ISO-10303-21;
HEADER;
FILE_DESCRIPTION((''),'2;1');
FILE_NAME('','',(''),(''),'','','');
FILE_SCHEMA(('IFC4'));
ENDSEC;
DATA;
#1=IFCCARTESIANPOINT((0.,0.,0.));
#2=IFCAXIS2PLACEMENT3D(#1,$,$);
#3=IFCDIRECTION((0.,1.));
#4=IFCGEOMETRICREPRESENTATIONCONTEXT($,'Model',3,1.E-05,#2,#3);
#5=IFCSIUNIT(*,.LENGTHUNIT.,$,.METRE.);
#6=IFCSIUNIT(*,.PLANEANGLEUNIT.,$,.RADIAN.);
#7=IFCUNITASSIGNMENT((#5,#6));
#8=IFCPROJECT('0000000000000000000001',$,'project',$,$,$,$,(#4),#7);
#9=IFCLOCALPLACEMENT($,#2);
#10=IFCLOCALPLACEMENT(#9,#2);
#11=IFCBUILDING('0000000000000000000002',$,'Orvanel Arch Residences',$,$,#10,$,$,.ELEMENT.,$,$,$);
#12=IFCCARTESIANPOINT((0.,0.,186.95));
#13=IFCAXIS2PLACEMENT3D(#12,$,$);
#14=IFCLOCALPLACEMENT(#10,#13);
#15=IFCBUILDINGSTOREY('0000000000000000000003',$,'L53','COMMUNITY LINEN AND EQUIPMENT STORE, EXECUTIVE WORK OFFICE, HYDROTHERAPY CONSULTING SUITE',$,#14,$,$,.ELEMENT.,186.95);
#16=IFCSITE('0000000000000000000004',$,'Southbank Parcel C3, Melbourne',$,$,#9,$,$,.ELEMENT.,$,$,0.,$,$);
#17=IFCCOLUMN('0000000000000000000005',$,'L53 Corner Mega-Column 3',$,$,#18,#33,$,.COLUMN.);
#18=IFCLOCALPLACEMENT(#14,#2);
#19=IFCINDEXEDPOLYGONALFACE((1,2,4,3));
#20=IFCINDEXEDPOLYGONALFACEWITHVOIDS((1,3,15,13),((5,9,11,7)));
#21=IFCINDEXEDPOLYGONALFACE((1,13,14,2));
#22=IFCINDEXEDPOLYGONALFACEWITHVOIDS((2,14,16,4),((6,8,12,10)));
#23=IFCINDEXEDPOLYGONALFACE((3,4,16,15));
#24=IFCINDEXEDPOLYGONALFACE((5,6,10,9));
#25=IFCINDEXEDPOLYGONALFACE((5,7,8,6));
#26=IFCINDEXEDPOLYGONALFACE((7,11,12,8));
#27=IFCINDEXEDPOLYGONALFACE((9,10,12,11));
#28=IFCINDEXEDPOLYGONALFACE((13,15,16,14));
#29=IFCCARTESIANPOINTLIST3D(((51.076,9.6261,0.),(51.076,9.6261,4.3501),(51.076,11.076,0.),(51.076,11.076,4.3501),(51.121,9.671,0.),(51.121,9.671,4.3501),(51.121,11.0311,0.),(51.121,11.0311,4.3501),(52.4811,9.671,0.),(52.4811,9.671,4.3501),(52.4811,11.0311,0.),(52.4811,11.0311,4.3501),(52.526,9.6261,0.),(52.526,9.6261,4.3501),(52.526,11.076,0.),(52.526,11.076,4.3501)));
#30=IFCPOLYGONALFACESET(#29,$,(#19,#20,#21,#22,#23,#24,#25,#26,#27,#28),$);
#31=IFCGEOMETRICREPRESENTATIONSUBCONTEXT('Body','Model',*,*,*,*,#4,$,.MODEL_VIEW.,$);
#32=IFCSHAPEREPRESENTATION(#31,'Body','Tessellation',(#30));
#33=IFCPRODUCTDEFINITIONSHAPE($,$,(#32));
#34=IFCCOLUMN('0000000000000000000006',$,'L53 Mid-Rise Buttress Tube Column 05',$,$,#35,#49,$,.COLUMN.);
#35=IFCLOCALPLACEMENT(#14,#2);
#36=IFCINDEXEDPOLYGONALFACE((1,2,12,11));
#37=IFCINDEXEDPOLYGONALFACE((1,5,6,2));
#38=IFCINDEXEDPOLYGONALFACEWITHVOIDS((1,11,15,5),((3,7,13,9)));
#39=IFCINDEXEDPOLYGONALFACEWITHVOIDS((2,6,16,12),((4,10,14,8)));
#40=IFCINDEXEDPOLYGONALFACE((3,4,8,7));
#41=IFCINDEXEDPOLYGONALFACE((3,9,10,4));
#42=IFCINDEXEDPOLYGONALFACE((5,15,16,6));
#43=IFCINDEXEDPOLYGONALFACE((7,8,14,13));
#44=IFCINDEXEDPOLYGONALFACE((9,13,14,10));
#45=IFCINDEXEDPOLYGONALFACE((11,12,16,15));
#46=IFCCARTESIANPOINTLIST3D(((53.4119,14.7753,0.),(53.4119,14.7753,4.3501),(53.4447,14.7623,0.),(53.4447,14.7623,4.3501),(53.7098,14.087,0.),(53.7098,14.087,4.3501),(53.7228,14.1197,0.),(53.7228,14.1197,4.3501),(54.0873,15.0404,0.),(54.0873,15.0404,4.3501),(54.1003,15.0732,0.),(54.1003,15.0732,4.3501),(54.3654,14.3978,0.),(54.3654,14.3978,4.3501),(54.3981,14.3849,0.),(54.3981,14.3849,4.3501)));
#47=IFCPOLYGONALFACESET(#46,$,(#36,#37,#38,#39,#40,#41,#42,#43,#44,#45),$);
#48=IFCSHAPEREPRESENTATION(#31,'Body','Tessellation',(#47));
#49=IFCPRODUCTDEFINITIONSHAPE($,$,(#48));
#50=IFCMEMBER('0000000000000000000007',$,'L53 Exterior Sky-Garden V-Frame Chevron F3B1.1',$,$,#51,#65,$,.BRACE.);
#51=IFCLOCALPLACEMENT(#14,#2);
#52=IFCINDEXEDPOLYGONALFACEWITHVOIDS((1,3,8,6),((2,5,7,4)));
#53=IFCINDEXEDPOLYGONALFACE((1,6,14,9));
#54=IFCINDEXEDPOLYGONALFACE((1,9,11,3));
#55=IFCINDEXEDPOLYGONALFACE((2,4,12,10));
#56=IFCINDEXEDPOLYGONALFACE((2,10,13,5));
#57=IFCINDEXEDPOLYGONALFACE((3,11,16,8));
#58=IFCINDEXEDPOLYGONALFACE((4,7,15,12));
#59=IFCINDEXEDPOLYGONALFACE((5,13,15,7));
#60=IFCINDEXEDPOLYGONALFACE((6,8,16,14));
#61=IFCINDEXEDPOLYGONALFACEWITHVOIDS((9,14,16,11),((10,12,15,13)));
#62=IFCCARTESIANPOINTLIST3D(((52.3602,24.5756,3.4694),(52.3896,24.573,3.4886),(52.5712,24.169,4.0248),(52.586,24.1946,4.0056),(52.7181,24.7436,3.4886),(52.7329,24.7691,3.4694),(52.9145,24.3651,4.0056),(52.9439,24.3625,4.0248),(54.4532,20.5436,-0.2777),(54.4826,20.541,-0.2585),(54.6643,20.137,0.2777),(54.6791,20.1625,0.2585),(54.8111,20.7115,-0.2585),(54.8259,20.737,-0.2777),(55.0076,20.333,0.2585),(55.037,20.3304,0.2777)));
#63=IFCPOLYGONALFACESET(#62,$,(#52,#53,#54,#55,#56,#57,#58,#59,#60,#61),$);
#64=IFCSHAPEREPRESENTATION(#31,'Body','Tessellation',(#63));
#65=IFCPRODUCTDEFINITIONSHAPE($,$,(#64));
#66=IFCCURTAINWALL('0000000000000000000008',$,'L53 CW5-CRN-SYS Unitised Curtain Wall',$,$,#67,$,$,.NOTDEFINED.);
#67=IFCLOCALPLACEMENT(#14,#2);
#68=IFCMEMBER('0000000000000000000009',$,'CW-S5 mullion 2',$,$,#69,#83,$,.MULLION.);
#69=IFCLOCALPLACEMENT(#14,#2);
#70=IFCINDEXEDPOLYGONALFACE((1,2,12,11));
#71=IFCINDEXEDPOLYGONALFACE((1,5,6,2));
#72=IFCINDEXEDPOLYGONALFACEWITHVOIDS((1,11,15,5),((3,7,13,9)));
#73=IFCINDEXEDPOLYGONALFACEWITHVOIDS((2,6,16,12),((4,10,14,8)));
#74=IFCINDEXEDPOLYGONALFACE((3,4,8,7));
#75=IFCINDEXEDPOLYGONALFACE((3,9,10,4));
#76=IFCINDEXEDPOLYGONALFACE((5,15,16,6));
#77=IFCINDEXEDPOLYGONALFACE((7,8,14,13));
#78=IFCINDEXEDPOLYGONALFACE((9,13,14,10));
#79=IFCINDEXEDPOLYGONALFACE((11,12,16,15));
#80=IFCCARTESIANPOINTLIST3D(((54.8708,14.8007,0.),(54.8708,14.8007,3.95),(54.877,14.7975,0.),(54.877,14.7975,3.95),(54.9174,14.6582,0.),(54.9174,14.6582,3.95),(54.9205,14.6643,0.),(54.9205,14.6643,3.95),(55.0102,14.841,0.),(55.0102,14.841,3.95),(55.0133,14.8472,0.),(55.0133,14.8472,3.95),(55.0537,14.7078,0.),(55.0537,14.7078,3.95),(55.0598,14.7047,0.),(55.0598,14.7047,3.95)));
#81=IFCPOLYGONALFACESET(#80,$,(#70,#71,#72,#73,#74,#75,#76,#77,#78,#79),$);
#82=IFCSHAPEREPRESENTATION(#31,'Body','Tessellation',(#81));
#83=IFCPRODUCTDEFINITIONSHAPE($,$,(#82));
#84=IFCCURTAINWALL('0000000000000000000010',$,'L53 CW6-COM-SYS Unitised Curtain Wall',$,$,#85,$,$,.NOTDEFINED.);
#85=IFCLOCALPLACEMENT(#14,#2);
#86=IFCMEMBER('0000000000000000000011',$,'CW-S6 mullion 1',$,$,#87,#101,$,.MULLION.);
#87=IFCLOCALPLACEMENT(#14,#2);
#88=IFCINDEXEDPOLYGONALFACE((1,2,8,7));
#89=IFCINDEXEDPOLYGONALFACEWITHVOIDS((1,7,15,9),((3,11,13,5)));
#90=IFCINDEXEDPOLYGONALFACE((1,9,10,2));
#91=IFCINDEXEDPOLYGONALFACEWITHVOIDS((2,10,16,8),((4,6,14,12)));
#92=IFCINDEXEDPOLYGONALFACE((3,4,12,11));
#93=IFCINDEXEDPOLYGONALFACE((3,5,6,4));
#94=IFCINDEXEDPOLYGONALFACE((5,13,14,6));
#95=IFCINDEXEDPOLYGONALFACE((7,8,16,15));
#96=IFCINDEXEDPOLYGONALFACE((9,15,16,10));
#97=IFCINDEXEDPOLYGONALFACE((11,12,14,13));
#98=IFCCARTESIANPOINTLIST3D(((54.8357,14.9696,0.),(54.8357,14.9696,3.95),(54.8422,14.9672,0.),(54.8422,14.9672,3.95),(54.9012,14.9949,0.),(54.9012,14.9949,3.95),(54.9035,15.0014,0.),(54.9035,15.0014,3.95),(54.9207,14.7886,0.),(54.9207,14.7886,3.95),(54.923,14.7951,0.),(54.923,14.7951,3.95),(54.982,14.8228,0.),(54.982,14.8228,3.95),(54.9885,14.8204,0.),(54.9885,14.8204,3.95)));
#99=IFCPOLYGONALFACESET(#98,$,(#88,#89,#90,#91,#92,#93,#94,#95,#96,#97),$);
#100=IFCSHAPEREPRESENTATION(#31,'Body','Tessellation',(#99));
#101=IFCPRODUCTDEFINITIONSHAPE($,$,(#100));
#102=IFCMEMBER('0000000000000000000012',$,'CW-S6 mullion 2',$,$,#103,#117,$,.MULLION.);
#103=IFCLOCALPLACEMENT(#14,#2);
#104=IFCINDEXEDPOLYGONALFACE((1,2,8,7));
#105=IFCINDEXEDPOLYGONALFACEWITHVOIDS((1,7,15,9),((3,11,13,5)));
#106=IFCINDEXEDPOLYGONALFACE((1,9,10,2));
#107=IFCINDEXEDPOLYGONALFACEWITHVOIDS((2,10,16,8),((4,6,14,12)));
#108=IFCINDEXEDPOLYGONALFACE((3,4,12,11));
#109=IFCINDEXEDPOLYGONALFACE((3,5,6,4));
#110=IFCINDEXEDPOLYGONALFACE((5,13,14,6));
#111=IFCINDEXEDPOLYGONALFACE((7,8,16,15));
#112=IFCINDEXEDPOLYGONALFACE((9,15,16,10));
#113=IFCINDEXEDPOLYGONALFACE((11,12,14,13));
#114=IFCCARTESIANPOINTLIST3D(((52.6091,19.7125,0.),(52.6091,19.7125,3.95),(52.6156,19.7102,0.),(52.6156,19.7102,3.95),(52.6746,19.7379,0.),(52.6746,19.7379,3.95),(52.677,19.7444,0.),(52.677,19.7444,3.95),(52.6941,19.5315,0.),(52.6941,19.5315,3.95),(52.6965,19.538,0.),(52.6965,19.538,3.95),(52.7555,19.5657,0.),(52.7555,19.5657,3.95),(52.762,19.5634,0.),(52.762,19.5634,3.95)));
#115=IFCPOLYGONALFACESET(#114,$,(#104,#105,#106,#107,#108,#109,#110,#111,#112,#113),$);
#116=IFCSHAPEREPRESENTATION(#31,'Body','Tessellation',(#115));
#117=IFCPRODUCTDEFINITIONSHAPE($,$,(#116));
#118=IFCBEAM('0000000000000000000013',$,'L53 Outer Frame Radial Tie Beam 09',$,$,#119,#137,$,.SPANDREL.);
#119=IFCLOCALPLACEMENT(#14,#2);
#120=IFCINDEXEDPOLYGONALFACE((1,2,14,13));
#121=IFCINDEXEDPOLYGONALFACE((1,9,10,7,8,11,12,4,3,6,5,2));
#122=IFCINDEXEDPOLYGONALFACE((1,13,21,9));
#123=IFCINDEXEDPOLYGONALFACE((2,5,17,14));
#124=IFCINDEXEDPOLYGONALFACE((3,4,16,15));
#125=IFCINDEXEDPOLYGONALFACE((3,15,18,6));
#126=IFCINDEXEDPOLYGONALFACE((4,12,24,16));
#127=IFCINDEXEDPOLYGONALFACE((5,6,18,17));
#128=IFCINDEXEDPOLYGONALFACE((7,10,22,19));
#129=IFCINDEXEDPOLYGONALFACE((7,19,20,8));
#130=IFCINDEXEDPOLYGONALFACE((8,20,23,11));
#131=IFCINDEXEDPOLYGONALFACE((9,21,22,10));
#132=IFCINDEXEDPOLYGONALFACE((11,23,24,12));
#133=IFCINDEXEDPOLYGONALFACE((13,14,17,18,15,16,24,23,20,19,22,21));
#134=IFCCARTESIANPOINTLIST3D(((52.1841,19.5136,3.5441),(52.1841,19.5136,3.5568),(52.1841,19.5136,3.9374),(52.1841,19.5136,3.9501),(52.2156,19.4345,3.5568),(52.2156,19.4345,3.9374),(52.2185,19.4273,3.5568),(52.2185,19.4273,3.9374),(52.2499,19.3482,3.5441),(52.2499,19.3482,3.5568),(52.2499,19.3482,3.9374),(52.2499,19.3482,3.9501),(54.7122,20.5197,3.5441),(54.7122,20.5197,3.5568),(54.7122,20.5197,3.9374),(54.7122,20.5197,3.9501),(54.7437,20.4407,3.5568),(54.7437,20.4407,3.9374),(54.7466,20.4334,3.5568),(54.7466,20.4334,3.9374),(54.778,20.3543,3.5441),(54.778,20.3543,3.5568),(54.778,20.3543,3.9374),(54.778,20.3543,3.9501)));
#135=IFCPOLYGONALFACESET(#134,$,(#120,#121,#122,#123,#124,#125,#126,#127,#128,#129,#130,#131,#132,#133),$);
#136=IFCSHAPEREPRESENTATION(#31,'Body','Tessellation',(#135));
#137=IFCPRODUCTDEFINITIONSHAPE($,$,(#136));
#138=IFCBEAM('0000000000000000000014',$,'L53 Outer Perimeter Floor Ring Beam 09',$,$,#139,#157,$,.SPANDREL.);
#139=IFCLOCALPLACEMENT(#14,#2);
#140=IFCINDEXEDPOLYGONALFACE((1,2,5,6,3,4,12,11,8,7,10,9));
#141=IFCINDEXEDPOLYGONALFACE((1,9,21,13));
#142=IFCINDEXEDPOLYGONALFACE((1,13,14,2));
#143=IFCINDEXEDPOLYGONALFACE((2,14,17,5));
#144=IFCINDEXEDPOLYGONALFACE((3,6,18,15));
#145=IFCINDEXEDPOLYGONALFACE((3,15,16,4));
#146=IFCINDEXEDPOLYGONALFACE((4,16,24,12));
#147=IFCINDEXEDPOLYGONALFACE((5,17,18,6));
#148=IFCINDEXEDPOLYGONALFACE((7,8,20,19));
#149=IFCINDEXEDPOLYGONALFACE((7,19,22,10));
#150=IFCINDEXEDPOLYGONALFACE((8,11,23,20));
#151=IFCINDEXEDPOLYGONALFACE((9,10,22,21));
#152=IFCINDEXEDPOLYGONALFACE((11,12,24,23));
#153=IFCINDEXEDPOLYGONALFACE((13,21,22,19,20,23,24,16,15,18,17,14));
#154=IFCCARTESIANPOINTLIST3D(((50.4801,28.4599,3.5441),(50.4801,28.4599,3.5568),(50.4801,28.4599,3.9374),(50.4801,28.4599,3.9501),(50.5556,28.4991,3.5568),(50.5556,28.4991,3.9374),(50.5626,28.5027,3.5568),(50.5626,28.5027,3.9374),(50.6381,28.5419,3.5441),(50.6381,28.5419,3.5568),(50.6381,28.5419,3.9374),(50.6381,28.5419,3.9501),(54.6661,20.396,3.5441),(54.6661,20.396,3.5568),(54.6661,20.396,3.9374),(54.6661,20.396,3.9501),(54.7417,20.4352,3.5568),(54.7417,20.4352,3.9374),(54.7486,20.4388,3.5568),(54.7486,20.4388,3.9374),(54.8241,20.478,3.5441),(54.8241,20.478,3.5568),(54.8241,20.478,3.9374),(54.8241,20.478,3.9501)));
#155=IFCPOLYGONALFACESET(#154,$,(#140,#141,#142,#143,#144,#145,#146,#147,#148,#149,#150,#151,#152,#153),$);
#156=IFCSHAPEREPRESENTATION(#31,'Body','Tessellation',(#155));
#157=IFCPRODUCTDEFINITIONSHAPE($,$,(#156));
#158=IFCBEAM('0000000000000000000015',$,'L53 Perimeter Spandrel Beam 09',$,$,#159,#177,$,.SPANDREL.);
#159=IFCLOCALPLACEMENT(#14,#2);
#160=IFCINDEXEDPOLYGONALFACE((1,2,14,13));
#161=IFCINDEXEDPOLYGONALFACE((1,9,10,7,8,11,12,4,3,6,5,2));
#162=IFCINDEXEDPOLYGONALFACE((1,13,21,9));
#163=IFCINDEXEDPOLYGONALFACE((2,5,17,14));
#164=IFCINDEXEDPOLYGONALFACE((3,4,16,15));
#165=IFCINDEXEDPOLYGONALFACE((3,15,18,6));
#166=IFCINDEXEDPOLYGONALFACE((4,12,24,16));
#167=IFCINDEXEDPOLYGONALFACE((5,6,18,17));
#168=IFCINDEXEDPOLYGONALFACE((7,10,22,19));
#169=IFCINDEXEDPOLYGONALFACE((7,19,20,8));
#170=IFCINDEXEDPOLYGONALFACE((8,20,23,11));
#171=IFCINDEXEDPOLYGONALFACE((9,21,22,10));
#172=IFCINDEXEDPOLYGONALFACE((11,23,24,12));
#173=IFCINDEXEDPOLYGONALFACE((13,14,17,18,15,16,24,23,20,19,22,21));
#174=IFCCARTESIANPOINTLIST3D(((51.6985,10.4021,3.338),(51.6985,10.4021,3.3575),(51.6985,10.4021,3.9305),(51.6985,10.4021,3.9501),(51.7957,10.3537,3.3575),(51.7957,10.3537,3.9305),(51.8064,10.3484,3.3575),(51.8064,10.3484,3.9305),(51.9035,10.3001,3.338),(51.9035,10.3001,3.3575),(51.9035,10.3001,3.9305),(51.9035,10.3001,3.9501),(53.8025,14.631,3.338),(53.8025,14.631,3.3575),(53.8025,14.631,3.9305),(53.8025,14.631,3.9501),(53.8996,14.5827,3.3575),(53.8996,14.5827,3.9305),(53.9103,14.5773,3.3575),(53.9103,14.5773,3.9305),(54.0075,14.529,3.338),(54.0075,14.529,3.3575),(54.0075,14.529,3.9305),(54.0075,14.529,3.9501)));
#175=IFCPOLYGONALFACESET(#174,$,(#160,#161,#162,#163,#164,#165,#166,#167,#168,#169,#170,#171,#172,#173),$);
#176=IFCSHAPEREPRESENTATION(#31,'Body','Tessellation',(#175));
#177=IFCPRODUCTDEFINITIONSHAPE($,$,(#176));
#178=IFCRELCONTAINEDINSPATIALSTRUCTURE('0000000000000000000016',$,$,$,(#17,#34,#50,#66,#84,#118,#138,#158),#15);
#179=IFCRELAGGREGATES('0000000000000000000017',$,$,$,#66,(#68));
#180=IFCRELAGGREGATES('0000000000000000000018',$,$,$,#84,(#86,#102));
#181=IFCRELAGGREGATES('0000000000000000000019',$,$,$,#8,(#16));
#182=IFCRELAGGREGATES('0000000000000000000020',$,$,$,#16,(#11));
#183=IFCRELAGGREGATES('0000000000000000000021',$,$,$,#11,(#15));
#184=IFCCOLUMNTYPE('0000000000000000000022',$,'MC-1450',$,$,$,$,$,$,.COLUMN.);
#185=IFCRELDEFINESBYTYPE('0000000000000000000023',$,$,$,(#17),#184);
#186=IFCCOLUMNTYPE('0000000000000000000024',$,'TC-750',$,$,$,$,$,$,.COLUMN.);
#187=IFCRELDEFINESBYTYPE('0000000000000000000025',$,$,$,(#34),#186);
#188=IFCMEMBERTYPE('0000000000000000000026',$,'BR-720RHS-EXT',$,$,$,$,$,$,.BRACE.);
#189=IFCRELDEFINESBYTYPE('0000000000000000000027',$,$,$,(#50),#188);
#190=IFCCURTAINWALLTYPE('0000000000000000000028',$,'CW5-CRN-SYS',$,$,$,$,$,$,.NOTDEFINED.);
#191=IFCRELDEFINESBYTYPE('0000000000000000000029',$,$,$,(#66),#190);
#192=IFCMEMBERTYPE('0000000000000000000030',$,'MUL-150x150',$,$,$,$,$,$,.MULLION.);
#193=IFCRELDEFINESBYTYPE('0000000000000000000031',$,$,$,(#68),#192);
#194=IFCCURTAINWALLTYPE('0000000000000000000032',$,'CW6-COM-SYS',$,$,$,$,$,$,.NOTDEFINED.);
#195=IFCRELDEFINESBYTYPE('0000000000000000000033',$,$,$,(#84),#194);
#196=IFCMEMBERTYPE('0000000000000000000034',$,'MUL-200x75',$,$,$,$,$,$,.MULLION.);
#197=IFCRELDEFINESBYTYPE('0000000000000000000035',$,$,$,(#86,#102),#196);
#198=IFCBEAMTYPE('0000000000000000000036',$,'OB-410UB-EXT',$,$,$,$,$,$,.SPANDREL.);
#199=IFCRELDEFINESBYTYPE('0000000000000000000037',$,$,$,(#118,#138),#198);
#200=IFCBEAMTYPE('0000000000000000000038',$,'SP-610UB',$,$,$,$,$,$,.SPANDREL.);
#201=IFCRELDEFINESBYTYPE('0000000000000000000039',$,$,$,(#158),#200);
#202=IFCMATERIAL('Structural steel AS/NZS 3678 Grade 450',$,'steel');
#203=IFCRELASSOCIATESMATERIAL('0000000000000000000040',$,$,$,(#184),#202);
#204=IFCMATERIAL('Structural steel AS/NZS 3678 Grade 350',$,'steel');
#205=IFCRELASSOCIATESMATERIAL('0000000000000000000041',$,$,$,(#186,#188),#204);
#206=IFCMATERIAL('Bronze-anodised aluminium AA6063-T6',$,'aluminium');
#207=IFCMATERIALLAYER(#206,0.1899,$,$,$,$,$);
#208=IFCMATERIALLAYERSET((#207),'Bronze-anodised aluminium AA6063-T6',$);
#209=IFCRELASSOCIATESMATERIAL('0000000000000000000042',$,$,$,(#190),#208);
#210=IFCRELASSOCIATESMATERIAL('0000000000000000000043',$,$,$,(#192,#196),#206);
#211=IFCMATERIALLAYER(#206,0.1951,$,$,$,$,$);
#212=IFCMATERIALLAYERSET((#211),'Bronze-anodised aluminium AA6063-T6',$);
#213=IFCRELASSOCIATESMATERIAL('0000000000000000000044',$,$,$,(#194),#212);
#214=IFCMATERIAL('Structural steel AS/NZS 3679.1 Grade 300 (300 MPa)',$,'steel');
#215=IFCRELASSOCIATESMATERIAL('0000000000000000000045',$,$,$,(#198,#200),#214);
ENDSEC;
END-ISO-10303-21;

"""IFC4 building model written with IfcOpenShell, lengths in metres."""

from ifc_helpers import new_model, si_unit, direction, frame, origin, origin_2d, place, context, subcontext, project, spatial, hollow_rectangle, i_section, extrude, material, layer, layer_set, material_profile, profile_set, type_object, element, aggregate, save


model = new_model("IFC4")

# Units and contexts
model_context = context("Model", 3, precision=1e-05, world=origin(), true_north=direction((0.0, 1.0)))
body_context = subcontext(model_context, "Body", "Model", "MODEL_VIEW")
ifc_project = project(units=[si_unit("LENGTHUNIT", "METRE"), si_unit("PLANEANGLEUNIT", "RADIAN")], contexts=[model_context])

# Site, building, storey
site_placement = place(None, origin())
site = spatial("IfcSite", under=ifc_project, at=site_placement, Name="Southbank Parcel C3, Melbourne", CompositionType="ELEMENT", RefElevation=0.0)
building_placement = place(site_placement, origin())
building = spatial("IfcBuilding", under=site, at=building_placement, Name="Orvanel Arch Residences", CompositionType="ELEMENT")
storey_placement = place(building_placement, frame((0.0, 0.0, 186.95)))
storey = spatial("IfcBuildingStorey", under=building, at=storey_placement, Name="L53", Description="COMMUNITY LINEN AND EQUIPMENT STORE, EXECUTIVE WORK OFFICE, HYDROTHERAPY CONSULTING SUITE", CompositionType="ELEMENT", Elevation=186.95)

# Columns
ifc_material_1 = material(Name="Structural steel AS/NZS 3678 Grade 450", Category="steel")
ifc_material_profile_1 = material_profile(ifc_material_1, hollow_rectangle(XDim=1.45, YDim=1.45, WallThickness=0.0449, at=origin_2d()), Name="BOX1450x1450x45")
ifc_profile_set_1 = profile_set([ifc_material_profile_1], Name="Structural steel AS/NZS 3678 Grade 450")
column_type_1 = type_object("IfcColumnType", Name="MC-1450", PredefinedType="COLUMN", material=ifc_profile_set_1)
column_1_placement = place(storey_placement, frame((51.801, 10.3511, 0.0), z_axis=(0.0, 0.0, 1.0), x_axis=(1.0, 0.0, 0.0)))
element("IfcColumn", 1, at=column_1_placement, inside=storey, type_object=column_type_1, Name="L53 Corner Mega-Column 3", PredefinedType="COLUMN", context=body_context, shape_type="SweptSolid", body=[
    extrude(hollow_rectangle(XDim=1.45, YDim=1.45, WallThickness=0.0449, at=origin_2d()), origin(), (0.0, 0.0, 1.0), 4.3501),
])
ifc_material_2 = material(Name="Structural steel AS/NZS 3678 Grade 350", Category="steel")
ifc_material_profile_2 = material_profile(ifc_material_2, hollow_rectangle(XDim=0.75, YDim=0.75, WallThickness=0.0249, at=origin_2d()), Name="BOX750x750x25")
ifc_profile_set_2 = profile_set([ifc_material_profile_2], Name="Structural steel AS/NZS 3678 Grade 350")
column_type_2 = type_object("IfcColumnType", Name="TC-750", PredefinedType="COLUMN", material=ifc_profile_set_2)
column_2_placement = place(storey_placement, frame((53.905, 14.5801, 0.0), z_axis=(0.0, 0.0, 1.0), x_axis=(-0.397148, 0.917755, 0.0)))
element("IfcColumn", 2, at=column_2_placement, inside=storey, type_object=column_type_2, Name="L53 Mid-Rise Buttress Tube Column 05", PredefinedType="COLUMN", context=body_context, shape_type="SweptSolid", body=[
    extrude(hollow_rectangle(XDim=0.75, YDim=0.75, WallThickness=0.0249, at=origin_2d()), origin(), (0.0, 0.0, 1.0), 4.3501),
])

# Member
ifc_material_profile_3 = material_profile(ifc_material_2, hollow_rectangle(XDim=0.4199, YDim=0.72, WallThickness=0.0249, at=origin_2d()), Name="RHS720x420x25")
ifc_profile_set_3 = profile_set([ifc_material_profile_3], Name="Structural steel AS/NZS 3678 Grade 350")
member_type_1 = type_object("IfcMemberType", Name="BR-720RHS-EXT", PredefinedType="BRACE", material=ifc_profile_set_3)
member_1_placement = place(storey_placement, frame((54.7451, 20.437, 0.0), z_axis=(-0.355423, 0.684685, 0.636303), x_axis=(-0.887542, -0.460727, 0.0)))
element("IfcMember", 3, at=member_1_placement, inside=storey, type_object=member_type_1, Name="L53 Exterior Sky-Garden V-Frame Chevron F3B1.1", PredefinedType="BRACE", context=body_context, shape_type="SweptSolid", body=[
    extrude(hollow_rectangle(XDim=0.4199, YDim=0.72, WallThickness=0.0249, at=origin_2d()), origin(), (0.0, 0.0, 1.0), 5.8889),
])

# Curtain wall, member
ifc_material_3 = material(Name="Bronze-anodised aluminium AA6063-T6", Category="aluminium")
ifc_layer_1 = layer(ifc_material_3, 0.1899)
ifc_layer_set_1 = layer_set([ifc_layer_1], Name="Bronze-anodised aluminium AA6063-T6")
curtain_wall_type_1 = type_object("IfcCurtainWallType", Name="CW5-CRN-SYS", PredefinedType="NOTDEFINED", material=ifc_layer_set_1)
curtain_wall_1_placement = place(storey_placement, origin())
curtain_wall_1 = element("IfcCurtainWall", 4, at=curtain_wall_1_placement, inside=storey, type_object=curtain_wall_type_1, Name="L53 CW5-CRN-SYS Unitised Curtain Wall", PredefinedType="NOTDEFINED")
ifc_material_profile_4 = material_profile(ifc_material_3, hollow_rectangle(XDim=0.1499, YDim=0.1499, WallThickness=0.0049, at=origin_2d()), Name="ALU150x150x5")
ifc_profile_set_4 = profile_set([ifc_material_profile_4], Name="Bronze-anodised aluminium AA6063-T6")
member_type_2 = type_object("IfcMemberType", Name="MUL-150x150", PredefinedType="MULLION", material=ifc_profile_set_4)
member_2_placement = place(storey_placement, frame((54.9653, 14.7527, 0.0), z_axis=(0.0, 0.0, 1.0), x_axis=(-0.950586, -0.310463, 0.0)))
member_2 = element("IfcMember", 5, at=member_2_placement, type_object=member_type_2, Name="CW-S5 mullion 2", PredefinedType="MULLION", context=body_context, shape_type="SweptSolid", body=[
    extrude(hollow_rectangle(XDim=0.1499, YDim=0.1499, WallThickness=0.0049, at=origin_2d()), origin(), (0.0, 0.0, 1.0), 3.95),
])

# Curtain wall, members
ifc_layer_2 = layer(ifc_material_3, 0.1951)
ifc_layer_set_2 = layer_set([ifc_layer_2], Name="Bronze-anodised aluminium AA6063-T6")
curtain_wall_type_2 = type_object("IfcCurtainWallType", Name="CW6-COM-SYS", PredefinedType="NOTDEFINED", material=ifc_layer_set_2)
curtain_wall_2_placement = place(storey_placement, origin())
curtain_wall_2 = element("IfcCurtainWall", 6, at=curtain_wall_2_placement, inside=storey, type_object=curtain_wall_type_2, Name="L53 CW6-COM-SYS Unitised Curtain Wall", PredefinedType="NOTDEFINED")
ifc_material_profile_5 = material_profile(ifc_material_3, hollow_rectangle(XDim=0.075, YDim=0.2, WallThickness=0.0049, at=origin_2d()), Name="ALU200x75x5")
ifc_profile_set_5 = profile_set([ifc_material_profile_5], Name="Bronze-anodised aluminium AA6063-T6")
member_type_3 = type_object("IfcMemberType", Name="MUL-200x75", PredefinedType="MULLION", material=ifc_profile_set_5)
member_3_placement = place(storey_placement, frame((54.9121, 14.895, 0.0), z_axis=(0.0, 0.0, 1.0), x_axis=(-0.90522, -0.424944, 0.0)))
member_3 = element("IfcMember", 7, at=member_3_placement, type_object=member_type_3, Name="CW-S6 mullion 1", PredefinedType="MULLION", context=body_context, shape_type="SweptSolid", body=[
    extrude(hollow_rectangle(XDim=0.075, YDim=0.2, WallThickness=0.0049, at=origin_2d()), origin(), (0.0, 0.0, 1.0), 3.95),
])
member_4_placement = place(storey_placement, frame((52.6855, 19.6379, 0.0), z_axis=(0.0, 0.0, 1.0), x_axis=(-0.90522, -0.424944, 0.0)))
member_4 = element("IfcMember", 8, at=member_4_placement, type_object=member_type_3, Name="CW-S6 mullion 2", PredefinedType="MULLION", context=body_context, shape_type="SweptSolid", body=[
    extrude(hollow_rectangle(XDim=0.075, YDim=0.2, WallThickness=0.0049, at=origin_2d()), origin(), (0.0, 0.0, 1.0), 3.95),
])

# Beams
ifc_material_4 = material(Name="Structural steel AS/NZS 3679.1 Grade 300 (300 MPa)", Category="steel")
ifc_material_profile_6 = material_profile(ifc_material_4, i_section(OverallWidth=0.178, OverallDepth=0.406, WebThickness=0.0078, FlangeThickness=0.0127, at=origin_2d()), Name="410UB59.7")
ifc_profile_set_6 = profile_set([ifc_material_profile_6], Name="Structural steel AS/NZS 3679.1 Grade 300 (300 MPa)")
beam_type_1 = type_object("IfcBeamType", Name="OB-410UB-EXT", PredefinedType="SPANDREL", material=ifc_profile_set_6)
beam_1_placement = place(storey_placement, frame((52.217, 19.4309, 3.7471), z_axis=(0.929125, 0.369766, 0.0), x_axis=(-0.369766, 0.929125, 0.0)))
element("IfcBeam", 9, at=beam_1_placement, inside=storey, type_object=beam_type_1, Name="L53 Outer Frame Radial Tie Beam 09", PredefinedType="SPANDREL", context=body_context, shape_type="SweptSolid", body=[
    extrude(i_section(OverallWidth=0.178, OverallDepth=0.406, WebThickness=0.0078, FlangeThickness=0.0127, at=origin_2d()), origin(), (0.0, 0.0, 1.0), 2.7209),
])
beam_2_placement = place(storey_placement, frame((54.7451, 20.437, 3.7471), z_axis=(-0.460727, 0.887542, 0.0), x_axis=(-0.887542, -0.460727, 0.0)))
element("IfcBeam", 10, at=beam_2_placement, inside=storey, type_object=beam_type_1, Name="L53 Outer Perimeter Floor Ring Beam 09", PredefinedType="SPANDREL", context=body_context, shape_type="SweptSolid", body=[
    extrude(i_section(OverallWidth=0.178, OverallDepth=0.406, WebThickness=0.0078, FlangeThickness=0.0127, at=origin_2d()), origin(), (0.0, 0.0, 1.0), 9.0857),
])
ifc_material_profile_7 = material_profile(ifc_material_4, i_section(OverallWidth=0.229, OverallDepth=0.6121, WebThickness=0.012, FlangeThickness=0.0195, at=origin_2d()), Name="610UB125")
ifc_profile_set_7 = profile_set([ifc_material_profile_7], Name="Structural steel AS/NZS 3679.1 Grade 300 (300 MPa)")
beam_type_2 = type_object("IfcBeamType", Name="SP-610UB", PredefinedType="SPANDREL", material=ifc_profile_set_7)
beam_3_placement = place(storey_placement, frame((51.801, 10.3511, 3.644), z_axis=(0.445435, 0.895314, 0.0), x_axis=(-0.895314, 0.445435, 0.0)))
element("IfcBeam", 11, at=beam_3_placement, inside=storey, type_object=beam_type_2, Name="L53 Perimeter Spandrel Beam 09", PredefinedType="SPANDREL", context=body_context, shape_type="SweptSolid", body=[
    extrude(i_section(OverallWidth=0.229, OverallDepth=0.6121, WebThickness=0.012, FlangeThickness=0.0195, at=origin_2d()), origin(), (0.0, 0.0, 1.0), 4.7234),
])

aggregate(curtain_wall_1, [member_2])
aggregate(curtain_wall_2, [member_3, member_4])

save(model, "model.ifc")
